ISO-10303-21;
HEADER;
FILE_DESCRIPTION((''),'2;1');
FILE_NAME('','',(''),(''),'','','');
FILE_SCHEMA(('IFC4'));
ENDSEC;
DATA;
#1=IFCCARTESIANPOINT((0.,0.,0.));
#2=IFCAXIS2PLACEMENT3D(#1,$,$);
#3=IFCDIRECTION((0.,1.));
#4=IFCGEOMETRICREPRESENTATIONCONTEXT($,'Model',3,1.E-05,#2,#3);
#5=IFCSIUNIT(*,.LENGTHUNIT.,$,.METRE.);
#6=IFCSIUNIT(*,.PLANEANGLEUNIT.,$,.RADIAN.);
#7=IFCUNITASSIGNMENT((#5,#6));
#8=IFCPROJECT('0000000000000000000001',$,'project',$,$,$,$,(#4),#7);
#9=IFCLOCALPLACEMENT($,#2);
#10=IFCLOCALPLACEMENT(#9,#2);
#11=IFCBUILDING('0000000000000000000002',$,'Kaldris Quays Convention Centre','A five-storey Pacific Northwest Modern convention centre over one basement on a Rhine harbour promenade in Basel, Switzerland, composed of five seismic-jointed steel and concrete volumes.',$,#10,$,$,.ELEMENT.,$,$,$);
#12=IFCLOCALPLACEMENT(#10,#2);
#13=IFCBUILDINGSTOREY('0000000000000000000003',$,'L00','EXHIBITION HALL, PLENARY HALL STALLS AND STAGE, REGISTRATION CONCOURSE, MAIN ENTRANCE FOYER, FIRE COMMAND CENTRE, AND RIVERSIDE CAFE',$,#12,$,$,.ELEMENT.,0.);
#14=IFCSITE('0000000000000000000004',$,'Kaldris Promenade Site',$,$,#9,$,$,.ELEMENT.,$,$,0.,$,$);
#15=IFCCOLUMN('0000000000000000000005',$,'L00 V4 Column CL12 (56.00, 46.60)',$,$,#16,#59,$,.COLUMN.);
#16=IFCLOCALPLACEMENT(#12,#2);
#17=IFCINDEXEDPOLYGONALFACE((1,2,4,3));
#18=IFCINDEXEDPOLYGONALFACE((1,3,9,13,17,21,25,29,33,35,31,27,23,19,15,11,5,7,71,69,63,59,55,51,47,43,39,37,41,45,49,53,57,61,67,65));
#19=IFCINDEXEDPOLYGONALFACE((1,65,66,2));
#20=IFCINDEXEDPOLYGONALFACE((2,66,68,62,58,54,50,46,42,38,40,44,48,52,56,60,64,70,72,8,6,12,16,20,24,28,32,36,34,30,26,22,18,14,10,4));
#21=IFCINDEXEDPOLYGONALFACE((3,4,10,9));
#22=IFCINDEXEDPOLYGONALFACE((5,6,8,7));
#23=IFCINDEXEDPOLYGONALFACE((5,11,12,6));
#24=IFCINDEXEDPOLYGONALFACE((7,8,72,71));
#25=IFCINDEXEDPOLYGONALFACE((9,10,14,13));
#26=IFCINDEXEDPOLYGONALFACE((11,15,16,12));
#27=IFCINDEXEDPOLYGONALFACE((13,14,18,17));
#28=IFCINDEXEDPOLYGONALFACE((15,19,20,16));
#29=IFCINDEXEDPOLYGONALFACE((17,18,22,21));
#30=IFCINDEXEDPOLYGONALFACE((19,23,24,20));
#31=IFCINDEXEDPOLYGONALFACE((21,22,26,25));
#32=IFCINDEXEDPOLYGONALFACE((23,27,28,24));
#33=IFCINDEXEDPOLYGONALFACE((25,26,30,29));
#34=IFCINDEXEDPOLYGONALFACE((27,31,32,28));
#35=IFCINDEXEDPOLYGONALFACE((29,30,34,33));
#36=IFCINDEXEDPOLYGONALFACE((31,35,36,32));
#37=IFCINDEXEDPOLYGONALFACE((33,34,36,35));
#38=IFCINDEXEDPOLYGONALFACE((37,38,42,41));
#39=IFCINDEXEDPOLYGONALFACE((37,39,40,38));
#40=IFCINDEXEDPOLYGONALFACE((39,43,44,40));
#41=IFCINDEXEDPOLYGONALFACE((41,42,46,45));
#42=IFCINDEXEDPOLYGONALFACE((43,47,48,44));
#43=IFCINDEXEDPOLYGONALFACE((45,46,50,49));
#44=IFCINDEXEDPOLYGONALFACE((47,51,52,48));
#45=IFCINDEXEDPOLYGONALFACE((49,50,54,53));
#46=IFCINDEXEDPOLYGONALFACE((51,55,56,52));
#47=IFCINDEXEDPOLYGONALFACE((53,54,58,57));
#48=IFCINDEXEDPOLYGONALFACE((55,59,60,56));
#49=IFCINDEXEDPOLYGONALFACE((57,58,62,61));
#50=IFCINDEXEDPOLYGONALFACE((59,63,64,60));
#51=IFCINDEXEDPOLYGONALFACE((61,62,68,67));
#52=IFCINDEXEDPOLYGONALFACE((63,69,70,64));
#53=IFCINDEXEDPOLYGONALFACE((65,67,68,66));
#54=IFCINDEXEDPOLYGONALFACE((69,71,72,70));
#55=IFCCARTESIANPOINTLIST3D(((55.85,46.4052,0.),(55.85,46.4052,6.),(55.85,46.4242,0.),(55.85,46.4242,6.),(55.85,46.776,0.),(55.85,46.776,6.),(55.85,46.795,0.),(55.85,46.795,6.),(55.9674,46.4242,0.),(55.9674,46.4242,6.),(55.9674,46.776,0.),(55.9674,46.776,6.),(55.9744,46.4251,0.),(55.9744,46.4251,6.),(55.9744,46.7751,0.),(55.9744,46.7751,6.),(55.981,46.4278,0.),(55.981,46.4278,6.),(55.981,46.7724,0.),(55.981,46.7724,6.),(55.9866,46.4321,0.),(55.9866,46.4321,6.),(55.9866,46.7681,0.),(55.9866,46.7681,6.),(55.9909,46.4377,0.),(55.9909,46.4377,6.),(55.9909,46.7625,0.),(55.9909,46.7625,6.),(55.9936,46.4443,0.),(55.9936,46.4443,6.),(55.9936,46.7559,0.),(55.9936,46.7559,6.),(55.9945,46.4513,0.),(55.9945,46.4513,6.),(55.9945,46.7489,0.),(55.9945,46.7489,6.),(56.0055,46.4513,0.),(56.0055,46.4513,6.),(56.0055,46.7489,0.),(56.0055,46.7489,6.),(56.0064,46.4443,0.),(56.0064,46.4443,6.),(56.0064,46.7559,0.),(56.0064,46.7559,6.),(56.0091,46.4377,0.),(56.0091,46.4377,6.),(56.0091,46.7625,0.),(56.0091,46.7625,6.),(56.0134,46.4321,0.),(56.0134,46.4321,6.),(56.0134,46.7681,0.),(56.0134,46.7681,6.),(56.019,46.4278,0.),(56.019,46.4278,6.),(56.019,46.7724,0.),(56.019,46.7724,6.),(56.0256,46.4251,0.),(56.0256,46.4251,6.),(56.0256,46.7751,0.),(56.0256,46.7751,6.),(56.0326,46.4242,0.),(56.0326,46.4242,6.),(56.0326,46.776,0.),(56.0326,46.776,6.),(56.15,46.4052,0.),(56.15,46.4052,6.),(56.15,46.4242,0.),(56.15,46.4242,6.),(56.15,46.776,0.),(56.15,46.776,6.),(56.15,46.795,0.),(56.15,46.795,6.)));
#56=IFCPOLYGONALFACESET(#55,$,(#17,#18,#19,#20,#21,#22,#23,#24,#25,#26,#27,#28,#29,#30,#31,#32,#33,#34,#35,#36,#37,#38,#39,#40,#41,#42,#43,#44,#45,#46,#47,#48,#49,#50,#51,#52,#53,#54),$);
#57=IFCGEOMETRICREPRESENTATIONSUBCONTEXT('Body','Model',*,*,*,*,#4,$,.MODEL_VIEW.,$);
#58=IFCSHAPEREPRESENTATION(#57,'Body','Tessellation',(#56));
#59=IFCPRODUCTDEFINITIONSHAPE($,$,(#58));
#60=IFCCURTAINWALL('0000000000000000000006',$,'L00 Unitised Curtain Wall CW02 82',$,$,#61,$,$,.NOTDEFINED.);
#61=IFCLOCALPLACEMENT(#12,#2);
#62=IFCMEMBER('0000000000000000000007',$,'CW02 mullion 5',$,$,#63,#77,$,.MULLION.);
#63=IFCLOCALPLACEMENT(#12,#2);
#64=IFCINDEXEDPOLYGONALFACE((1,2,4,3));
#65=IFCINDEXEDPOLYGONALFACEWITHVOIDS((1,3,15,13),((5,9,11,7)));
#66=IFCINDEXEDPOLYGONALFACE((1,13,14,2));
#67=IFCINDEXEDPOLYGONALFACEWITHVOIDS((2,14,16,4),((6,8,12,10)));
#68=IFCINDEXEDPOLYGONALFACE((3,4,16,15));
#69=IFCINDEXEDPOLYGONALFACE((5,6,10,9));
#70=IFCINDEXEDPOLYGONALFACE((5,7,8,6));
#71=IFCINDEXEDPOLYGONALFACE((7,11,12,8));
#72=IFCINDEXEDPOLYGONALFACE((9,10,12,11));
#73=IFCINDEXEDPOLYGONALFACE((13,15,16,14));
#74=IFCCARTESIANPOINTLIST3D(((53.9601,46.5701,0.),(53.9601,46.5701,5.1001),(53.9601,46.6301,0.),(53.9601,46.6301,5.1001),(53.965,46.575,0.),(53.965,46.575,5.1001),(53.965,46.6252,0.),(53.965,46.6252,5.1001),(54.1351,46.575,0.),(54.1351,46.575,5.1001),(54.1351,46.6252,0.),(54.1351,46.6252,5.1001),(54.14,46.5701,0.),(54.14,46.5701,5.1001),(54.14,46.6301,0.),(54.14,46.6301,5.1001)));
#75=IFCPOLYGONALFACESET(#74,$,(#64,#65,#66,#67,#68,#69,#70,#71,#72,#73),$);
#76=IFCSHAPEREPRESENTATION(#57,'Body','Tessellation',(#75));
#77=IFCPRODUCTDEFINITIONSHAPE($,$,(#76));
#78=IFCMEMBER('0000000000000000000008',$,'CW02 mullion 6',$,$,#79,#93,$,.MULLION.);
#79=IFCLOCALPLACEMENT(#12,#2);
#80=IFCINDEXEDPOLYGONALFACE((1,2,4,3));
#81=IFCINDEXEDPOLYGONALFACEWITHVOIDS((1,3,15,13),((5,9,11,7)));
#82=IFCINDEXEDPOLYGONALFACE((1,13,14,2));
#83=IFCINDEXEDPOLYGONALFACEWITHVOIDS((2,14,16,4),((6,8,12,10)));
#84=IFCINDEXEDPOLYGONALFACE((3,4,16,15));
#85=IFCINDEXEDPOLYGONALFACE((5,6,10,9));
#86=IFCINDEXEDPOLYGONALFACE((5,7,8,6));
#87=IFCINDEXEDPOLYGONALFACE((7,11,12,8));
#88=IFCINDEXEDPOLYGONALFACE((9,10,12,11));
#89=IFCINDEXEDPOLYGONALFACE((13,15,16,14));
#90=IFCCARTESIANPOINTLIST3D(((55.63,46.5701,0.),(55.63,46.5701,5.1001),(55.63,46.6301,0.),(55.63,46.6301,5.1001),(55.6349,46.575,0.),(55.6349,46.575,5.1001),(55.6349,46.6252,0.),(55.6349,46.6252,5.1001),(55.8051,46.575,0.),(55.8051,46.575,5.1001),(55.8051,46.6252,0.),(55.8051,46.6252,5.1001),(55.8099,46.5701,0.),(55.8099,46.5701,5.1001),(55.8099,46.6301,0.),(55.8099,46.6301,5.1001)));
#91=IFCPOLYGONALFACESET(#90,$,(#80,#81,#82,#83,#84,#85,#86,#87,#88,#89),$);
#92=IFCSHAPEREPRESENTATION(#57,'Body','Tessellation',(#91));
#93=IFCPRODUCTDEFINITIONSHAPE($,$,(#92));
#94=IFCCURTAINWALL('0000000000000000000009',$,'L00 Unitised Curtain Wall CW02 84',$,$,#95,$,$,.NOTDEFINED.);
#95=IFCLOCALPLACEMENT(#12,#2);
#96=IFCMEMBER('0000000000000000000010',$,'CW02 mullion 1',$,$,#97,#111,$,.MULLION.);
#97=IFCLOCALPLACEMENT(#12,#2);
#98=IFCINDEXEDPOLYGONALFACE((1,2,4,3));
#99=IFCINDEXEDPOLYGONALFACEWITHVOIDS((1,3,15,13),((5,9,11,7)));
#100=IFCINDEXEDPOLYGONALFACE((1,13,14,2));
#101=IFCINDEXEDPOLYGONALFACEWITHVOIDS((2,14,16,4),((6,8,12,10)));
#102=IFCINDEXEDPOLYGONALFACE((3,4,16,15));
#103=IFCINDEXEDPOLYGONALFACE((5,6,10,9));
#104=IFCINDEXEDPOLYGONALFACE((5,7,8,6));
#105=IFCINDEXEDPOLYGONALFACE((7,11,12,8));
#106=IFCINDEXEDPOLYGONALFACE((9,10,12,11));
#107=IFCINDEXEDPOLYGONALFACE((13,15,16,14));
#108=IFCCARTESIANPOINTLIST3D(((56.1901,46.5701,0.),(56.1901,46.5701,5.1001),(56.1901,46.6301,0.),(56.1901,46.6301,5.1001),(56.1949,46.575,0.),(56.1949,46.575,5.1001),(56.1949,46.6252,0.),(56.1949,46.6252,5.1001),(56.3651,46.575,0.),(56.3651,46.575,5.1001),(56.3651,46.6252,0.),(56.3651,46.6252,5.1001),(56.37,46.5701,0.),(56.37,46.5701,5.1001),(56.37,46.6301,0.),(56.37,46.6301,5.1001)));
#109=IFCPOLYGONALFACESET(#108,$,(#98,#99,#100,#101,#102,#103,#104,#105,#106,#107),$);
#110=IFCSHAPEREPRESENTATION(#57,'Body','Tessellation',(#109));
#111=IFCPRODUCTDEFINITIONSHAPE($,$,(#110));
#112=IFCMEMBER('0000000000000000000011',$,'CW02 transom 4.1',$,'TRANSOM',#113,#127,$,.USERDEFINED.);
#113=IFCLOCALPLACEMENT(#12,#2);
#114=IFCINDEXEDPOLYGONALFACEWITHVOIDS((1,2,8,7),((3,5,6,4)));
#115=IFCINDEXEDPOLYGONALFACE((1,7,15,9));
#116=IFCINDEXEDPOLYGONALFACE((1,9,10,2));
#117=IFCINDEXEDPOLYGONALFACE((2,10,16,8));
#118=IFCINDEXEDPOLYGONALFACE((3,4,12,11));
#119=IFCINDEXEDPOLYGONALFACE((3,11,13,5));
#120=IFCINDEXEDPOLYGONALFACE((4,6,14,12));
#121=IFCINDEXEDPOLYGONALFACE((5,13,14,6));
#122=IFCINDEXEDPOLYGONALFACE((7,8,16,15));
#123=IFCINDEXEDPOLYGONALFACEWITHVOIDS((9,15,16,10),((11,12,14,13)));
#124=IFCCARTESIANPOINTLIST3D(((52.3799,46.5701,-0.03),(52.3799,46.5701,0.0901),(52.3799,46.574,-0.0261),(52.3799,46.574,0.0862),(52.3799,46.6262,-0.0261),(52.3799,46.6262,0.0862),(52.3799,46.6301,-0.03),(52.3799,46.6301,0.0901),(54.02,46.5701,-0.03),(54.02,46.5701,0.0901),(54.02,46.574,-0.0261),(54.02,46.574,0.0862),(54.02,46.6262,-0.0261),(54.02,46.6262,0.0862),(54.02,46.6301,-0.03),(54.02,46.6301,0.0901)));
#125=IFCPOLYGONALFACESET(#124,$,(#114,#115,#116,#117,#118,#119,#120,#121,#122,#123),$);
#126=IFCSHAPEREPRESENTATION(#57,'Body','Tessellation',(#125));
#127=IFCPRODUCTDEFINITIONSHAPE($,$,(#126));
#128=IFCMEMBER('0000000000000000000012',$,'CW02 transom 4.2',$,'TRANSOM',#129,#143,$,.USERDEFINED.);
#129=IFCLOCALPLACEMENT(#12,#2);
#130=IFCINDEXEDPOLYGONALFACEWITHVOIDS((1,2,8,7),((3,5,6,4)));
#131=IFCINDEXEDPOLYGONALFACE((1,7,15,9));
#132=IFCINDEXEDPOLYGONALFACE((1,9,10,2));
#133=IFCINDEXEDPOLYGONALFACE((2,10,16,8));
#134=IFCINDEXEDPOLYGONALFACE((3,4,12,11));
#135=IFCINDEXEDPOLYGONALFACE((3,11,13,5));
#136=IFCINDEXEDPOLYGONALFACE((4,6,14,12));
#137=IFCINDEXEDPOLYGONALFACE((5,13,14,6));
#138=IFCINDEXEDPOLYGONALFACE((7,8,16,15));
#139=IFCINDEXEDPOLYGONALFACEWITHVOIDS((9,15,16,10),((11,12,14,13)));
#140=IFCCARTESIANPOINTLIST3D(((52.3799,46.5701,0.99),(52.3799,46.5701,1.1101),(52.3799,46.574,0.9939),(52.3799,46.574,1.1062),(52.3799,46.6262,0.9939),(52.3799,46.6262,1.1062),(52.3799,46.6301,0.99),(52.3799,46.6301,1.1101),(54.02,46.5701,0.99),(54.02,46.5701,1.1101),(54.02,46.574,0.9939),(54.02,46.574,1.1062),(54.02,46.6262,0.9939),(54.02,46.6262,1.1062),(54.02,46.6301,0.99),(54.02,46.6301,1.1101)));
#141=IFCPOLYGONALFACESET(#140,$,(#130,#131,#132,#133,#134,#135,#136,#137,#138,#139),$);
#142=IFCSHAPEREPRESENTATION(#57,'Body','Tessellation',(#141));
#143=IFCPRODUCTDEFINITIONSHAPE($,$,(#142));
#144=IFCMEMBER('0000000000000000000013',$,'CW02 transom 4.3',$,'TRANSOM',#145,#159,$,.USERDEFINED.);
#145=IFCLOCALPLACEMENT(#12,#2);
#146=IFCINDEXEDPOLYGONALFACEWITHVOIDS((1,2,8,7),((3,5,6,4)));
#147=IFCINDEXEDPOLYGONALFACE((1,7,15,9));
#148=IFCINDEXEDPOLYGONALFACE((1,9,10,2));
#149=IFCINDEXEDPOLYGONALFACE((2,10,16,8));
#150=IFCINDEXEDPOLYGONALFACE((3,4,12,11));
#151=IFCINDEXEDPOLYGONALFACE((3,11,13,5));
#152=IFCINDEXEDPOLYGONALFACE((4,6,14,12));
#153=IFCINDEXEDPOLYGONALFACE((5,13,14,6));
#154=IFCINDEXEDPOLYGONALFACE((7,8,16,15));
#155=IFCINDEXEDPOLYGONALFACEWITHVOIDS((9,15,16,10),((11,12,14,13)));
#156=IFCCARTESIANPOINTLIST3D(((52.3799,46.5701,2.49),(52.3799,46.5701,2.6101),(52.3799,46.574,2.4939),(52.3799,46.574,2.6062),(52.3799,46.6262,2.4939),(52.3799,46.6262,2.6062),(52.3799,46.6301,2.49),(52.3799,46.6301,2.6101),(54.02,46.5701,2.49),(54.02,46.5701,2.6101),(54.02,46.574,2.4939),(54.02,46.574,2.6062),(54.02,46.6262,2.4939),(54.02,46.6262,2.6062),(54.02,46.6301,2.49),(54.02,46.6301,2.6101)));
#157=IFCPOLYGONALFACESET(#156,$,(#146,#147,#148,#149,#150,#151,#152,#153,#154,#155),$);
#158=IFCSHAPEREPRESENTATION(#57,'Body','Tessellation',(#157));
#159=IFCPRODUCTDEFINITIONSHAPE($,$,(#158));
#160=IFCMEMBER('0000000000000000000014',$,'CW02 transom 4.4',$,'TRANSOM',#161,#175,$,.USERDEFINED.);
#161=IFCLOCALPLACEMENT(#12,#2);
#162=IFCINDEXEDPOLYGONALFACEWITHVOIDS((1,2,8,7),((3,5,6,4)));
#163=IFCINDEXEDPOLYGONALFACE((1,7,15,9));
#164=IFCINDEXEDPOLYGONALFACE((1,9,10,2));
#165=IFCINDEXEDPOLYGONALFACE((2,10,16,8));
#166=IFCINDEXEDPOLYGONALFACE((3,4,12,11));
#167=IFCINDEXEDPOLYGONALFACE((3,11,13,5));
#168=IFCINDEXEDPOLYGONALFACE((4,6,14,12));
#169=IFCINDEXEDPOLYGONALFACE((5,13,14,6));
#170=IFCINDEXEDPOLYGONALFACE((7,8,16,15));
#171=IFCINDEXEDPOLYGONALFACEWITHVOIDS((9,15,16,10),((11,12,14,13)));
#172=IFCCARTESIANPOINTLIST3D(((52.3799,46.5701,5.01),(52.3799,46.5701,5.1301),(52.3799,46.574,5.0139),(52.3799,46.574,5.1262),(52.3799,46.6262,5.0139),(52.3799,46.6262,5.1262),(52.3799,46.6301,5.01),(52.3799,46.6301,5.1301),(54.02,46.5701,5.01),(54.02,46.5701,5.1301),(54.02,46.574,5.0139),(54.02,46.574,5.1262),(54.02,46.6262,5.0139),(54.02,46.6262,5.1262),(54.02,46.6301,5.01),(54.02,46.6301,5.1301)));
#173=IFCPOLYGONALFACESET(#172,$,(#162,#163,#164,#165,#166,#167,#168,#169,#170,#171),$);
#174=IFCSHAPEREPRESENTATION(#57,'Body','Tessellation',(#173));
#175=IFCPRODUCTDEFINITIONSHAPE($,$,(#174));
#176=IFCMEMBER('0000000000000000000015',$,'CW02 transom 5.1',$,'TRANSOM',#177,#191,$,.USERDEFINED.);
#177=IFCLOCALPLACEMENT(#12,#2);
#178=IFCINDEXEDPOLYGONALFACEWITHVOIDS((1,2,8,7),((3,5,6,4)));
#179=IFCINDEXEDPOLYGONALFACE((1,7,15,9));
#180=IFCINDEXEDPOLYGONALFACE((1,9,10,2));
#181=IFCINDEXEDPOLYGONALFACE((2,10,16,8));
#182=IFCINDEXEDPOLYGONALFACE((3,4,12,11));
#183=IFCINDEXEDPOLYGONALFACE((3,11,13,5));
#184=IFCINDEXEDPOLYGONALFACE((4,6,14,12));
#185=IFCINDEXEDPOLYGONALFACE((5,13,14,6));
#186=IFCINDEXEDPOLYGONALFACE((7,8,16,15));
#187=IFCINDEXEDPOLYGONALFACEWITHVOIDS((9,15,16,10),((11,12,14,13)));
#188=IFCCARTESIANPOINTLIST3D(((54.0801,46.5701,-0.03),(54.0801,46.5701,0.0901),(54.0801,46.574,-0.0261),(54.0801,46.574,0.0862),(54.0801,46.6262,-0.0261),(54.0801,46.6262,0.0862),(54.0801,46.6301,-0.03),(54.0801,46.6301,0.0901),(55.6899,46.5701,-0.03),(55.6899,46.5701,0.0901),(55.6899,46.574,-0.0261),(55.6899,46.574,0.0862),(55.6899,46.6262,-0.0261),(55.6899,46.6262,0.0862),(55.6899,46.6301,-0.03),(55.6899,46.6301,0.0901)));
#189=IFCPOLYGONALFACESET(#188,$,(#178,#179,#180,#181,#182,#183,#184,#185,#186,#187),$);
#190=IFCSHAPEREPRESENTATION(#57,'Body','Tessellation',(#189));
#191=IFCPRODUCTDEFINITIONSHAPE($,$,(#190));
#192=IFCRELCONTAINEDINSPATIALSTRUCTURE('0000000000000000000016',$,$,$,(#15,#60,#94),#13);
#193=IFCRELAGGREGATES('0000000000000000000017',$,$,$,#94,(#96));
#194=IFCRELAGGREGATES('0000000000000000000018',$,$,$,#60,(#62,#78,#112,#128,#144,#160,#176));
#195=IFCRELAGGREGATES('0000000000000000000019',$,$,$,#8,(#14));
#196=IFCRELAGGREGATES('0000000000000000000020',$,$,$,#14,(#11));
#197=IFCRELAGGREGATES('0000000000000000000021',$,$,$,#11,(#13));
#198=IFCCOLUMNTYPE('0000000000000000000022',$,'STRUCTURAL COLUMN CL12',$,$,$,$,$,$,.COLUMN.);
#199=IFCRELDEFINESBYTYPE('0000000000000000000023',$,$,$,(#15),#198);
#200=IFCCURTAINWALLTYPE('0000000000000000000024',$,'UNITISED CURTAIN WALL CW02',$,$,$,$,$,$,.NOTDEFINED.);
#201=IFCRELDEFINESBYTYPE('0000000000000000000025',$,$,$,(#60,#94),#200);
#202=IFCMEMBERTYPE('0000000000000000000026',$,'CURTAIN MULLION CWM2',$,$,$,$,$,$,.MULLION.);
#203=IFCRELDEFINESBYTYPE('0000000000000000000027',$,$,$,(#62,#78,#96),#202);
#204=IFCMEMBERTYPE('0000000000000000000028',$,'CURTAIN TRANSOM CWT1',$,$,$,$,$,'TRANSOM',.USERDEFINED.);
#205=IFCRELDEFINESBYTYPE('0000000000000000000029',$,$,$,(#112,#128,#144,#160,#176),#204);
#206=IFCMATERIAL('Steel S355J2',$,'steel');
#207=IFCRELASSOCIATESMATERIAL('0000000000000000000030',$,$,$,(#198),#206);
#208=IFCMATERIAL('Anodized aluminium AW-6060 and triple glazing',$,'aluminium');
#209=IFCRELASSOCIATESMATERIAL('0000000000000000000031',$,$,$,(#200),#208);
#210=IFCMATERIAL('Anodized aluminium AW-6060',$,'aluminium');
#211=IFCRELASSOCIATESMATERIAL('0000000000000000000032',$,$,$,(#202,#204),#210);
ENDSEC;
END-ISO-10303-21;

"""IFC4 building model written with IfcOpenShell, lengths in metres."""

from ifc_helpers import new_model, si_unit, direction, frame, origin, origin_2d, place, context, subcontext, project, spatial, hollow_rectangle, i_section, extrude, material, material_profile, profile_set, type_object, element, aggregate, save


model = new_model("IFC4")

# Units and contexts
model_context = context("Model", 3, precision=1e-05, world=origin(), true_north=direction((0.0, 1.0)))
body_context = subcontext(model_context, "Body", "Model", "MODEL_VIEW")
ifc_project = project(units=[si_unit("LENGTHUNIT", "METRE"), si_unit("PLANEANGLEUNIT", "RADIAN")], contexts=[model_context])

# Site, building, storey
site_placement = place(None, origin())
site = spatial("IfcSite", under=ifc_project, at=site_placement, Name="Kaldris Promenade Site", CompositionType="ELEMENT", RefElevation=0.0)
building_placement = place(site_placement, origin())
building = spatial("IfcBuilding", under=site, at=building_placement, Name="Kaldris Quays Convention Centre", Description="A five-storey Pacific Northwest Modern convention centre over one basement on a Rhine harbour promenade in Basel, Switzerland, composed of five seismic-jointed steel and concrete volumes.", CompositionType="ELEMENT")
storey_placement = place(building_placement, origin())
storey = spatial("IfcBuildingStorey", under=building, at=storey_placement, Name="L00", Description="EXHIBITION HALL, PLENARY HALL STALLS AND STAGE, REGISTRATION CONCOURSE, MAIN ENTRANCE FOYER, FIRE COMMAND CENTRE, AND RIVERSIDE CAFE", CompositionType="ELEMENT", Elevation=0.0)

# Column
ifc_material_1 = material(Name="Steel S355J2", Category="steel")
ifc_material_profile_1 = material_profile(ifc_material_1, i_section(OverallWidth=0.3, OverallDepth=0.3899, WebThickness=0.011, FlangeThickness=0.019, FilletRadius=0.0271, at=origin_2d()), Name="HEA 400")
ifc_profile_set_1 = profile_set([ifc_material_profile_1], Name="Steel S355J2")
column_type = type_object("IfcColumnType", Name="STRUCTURAL COLUMN CL12", PredefinedType="COLUMN", material=ifc_profile_set_1)
column_placement = place(storey_placement, frame((56.0, 46.6001, 0.0), z_axis=(0.0, 0.0, 1.0), x_axis=(1.0, 0.0, 0.0)))
element("IfcColumn", 1, at=column_placement, inside=storey, type_object=column_type, Name="L00 V4 Column CL12 (56.00, 46.60)", PredefinedType="COLUMN", context=body_context, shape_type="SweptSolid", body=[
    extrude(i_section(OverallWidth=0.3, OverallDepth=0.3899, WebThickness=0.011, FlangeThickness=0.019, FilletRadius=0.0271, at=origin_2d()), origin(), (0.0, 0.0, 1.0), 6.0),
])

# Curtain wall, members
ifc_material_2 = material(Name="Anodized aluminium AW-6060 and triple glazing", Category="aluminium")
curtain_wall_type = type_object("IfcCurtainWallType", Name="UNITISED CURTAIN WALL CW02", PredefinedType="NOTDEFINED", material=ifc_material_2)
curtain_wall_1_placement = place(storey_placement, origin())
curtain_wall_1 = element("IfcCurtainWall", 2, at=curtain_wall_1_placement, inside=storey, type_object=curtain_wall_type, Name="L00 Unitised Curtain Wall CW02 82", PredefinedType="NOTDEFINED")
ifc_material_3 = material(Name="Anodized aluminium AW-6060", Category="aluminium")
ifc_material_profile_2 = material_profile(ifc_material_3, hollow_rectangle(XDim=0.0601, YDim=0.1799, WallThickness=0.0049, at=origin_2d()), Name="RHS 180x60x5")
ifc_profile_set_2 = profile_set([ifc_material_profile_2], Name="Anodized aluminium AW-6060")
member_type_1 = type_object("IfcMemberType", Name="CURTAIN MULLION CWM2", PredefinedType="MULLION", material=ifc_profile_set_2)
member_1_placement = place(storey_placement, frame((54.05, 46.6001, 0.0), z_axis=(0.0, 0.0, 1.0), x_axis=(0.0, 1.0, 0.0)))
member_1 = element("IfcMember", 3, at=member_1_placement, type_object=member_type_1, Name="CW02 mullion 5", PredefinedType="MULLION", context=body_context, shape_type="SweptSolid", body=[
    extrude(hollow_rectangle(XDim=0.0601, YDim=0.1799, WallThickness=0.0049, at=origin_2d()), origin(), (0.0, 0.0, 1.0), 5.1001),
])
member_2_placement = place(storey_placement, frame((55.72, 46.6001, 0.0), z_axis=(0.0, 0.0, 1.0), x_axis=(0.0, 1.0, 0.0)))
member_2 = element("IfcMember", 4, at=member_2_placement, type_object=member_type_1, Name="CW02 mullion 6", PredefinedType="MULLION", context=body_context, shape_type="SweptSolid", body=[
    extrude(hollow_rectangle(XDim=0.0601, YDim=0.1799, WallThickness=0.0049, at=origin_2d()), origin(), (0.0, 0.0, 1.0), 5.1001),
])

# Curtain wall, member
curtain_wall_2_placement = place(storey_placement, origin())
curtain_wall_2 = element("IfcCurtainWall", 5, at=curtain_wall_2_placement, inside=storey, type_object=curtain_wall_type, Name="L00 Unitised Curtain Wall CW02 84", PredefinedType="NOTDEFINED")
member_3_placement = place(storey_placement, frame((56.28, 46.6001, 0.0), z_axis=(0.0, 0.0, 1.0), x_axis=(0.0, 1.0, 0.0)))
member_3 = element("IfcMember", 6, at=member_3_placement, type_object=member_type_1, Name="CW02 mullion 1", PredefinedType="MULLION", context=body_context, shape_type="SweptSolid", body=[
    extrude(hollow_rectangle(XDim=0.0601, YDim=0.1799, WallThickness=0.0049, at=origin_2d()), origin(), (0.0, 0.0, 1.0), 5.1001),
])

# Members
ifc_material_profile_3 = material_profile(ifc_material_3, hollow_rectangle(XDim=0.0601, YDim=0.1201, WallThickness=0.0039, at=origin_2d()), Name="RHS 120x60x4")
ifc_profile_set_3 = profile_set([ifc_material_profile_3], Name="Anodized aluminium AW-6060")
member_type_2 = type_object("IfcMemberType", Name="CURTAIN TRANSOM CWT1", ElementType="TRANSOM", PredefinedType="USERDEFINED", material=ifc_profile_set_3)
member_4_placement = place(storey_placement, frame((52.3799, 46.6001, 0.03), z_axis=(1.0, 0.0, 0.0), x_axis=(0.0, 1.0, 0.0)))
member_4 = element("IfcMember", 7, at=member_4_placement, type_object=member_type_2, Name="CW02 transom 4.1", ObjectType="TRANSOM", PredefinedType="USERDEFINED", context=body_context, shape_type="SweptSolid", body=[
    extrude(hollow_rectangle(XDim=0.0601, YDim=0.1201, WallThickness=0.0039, at=origin_2d()), origin(), (0.0, 0.0, 1.0), 1.6401),
])
member_5_placement = place(storey_placement, frame((52.3799, 46.6001, 1.05), z_axis=(1.0, 0.0, 0.0), x_axis=(0.0, 1.0, 0.0)))
member_5 = element("IfcMember", 8, at=member_5_placement, type_object=member_type_2, Name="CW02 transom 4.2", ObjectType="TRANSOM", PredefinedType="USERDEFINED", context=body_context, shape_type="SweptSolid", body=[
    extrude(hollow_rectangle(XDim=0.0601, YDim=0.1201, WallThickness=0.0039, at=origin_2d()), origin(), (0.0, 0.0, 1.0), 1.6401),
])
member_6_placement = place(storey_placement, frame((52.3799, 46.6001, 2.55), z_axis=(1.0, 0.0, 0.0), x_axis=(0.0, 1.0, 0.0)))
member_6 = element("IfcMember", 9, at=member_6_placement, type_object=member_type_2, Name="CW02 transom 4.3", ObjectType="TRANSOM", PredefinedType="USERDEFINED", context=body_context, shape_type="SweptSolid", body=[
    extrude(hollow_rectangle(XDim=0.0601, YDim=0.1201, WallThickness=0.0039, at=origin_2d()), origin(), (0.0, 0.0, 1.0), 1.6401),
])
member_7_placement = place(storey_placement, frame((52.3799, 46.6001, 5.0701), z_axis=(1.0, 0.0, 0.0), x_axis=(0.0, 1.0, 0.0)))
member_7 = element("IfcMember", 10, at=member_7_placement, type_object=member_type_2, Name="CW02 transom 4.4", ObjectType="TRANSOM", PredefinedType="USERDEFINED", context=body_context, shape_type="SweptSolid", body=[
    extrude(hollow_rectangle(XDim=0.0601, YDim=0.1201, WallThickness=0.0039, at=origin_2d()), origin(), (0.0, 0.0, 1.0), 1.6401),
])
member_8_placement = place(storey_placement, frame((54.0801, 46.6001, 0.03), z_axis=(1.0, 0.0, 0.0), x_axis=(0.0, 1.0, 0.0)))
member_8 = element("IfcMember", 11, at=member_8_placement, type_object=member_type_2, Name="CW02 transom 5.1", ObjectType="TRANSOM", PredefinedType="USERDEFINED", context=body_context, shape_type="SweptSolid", body=[
    extrude(hollow_rectangle(XDim=0.0601, YDim=0.1201, WallThickness=0.0039, at=origin_2d()), origin(), (0.0, 0.0, 1.0), 1.6099),
])
aggregate(curtain_wall_2, [member_3])

aggregate(curtain_wall_1, [member_1, member_2, member_4, member_5, member_6, member_7, member_8])

save(model, "model.ifc")
